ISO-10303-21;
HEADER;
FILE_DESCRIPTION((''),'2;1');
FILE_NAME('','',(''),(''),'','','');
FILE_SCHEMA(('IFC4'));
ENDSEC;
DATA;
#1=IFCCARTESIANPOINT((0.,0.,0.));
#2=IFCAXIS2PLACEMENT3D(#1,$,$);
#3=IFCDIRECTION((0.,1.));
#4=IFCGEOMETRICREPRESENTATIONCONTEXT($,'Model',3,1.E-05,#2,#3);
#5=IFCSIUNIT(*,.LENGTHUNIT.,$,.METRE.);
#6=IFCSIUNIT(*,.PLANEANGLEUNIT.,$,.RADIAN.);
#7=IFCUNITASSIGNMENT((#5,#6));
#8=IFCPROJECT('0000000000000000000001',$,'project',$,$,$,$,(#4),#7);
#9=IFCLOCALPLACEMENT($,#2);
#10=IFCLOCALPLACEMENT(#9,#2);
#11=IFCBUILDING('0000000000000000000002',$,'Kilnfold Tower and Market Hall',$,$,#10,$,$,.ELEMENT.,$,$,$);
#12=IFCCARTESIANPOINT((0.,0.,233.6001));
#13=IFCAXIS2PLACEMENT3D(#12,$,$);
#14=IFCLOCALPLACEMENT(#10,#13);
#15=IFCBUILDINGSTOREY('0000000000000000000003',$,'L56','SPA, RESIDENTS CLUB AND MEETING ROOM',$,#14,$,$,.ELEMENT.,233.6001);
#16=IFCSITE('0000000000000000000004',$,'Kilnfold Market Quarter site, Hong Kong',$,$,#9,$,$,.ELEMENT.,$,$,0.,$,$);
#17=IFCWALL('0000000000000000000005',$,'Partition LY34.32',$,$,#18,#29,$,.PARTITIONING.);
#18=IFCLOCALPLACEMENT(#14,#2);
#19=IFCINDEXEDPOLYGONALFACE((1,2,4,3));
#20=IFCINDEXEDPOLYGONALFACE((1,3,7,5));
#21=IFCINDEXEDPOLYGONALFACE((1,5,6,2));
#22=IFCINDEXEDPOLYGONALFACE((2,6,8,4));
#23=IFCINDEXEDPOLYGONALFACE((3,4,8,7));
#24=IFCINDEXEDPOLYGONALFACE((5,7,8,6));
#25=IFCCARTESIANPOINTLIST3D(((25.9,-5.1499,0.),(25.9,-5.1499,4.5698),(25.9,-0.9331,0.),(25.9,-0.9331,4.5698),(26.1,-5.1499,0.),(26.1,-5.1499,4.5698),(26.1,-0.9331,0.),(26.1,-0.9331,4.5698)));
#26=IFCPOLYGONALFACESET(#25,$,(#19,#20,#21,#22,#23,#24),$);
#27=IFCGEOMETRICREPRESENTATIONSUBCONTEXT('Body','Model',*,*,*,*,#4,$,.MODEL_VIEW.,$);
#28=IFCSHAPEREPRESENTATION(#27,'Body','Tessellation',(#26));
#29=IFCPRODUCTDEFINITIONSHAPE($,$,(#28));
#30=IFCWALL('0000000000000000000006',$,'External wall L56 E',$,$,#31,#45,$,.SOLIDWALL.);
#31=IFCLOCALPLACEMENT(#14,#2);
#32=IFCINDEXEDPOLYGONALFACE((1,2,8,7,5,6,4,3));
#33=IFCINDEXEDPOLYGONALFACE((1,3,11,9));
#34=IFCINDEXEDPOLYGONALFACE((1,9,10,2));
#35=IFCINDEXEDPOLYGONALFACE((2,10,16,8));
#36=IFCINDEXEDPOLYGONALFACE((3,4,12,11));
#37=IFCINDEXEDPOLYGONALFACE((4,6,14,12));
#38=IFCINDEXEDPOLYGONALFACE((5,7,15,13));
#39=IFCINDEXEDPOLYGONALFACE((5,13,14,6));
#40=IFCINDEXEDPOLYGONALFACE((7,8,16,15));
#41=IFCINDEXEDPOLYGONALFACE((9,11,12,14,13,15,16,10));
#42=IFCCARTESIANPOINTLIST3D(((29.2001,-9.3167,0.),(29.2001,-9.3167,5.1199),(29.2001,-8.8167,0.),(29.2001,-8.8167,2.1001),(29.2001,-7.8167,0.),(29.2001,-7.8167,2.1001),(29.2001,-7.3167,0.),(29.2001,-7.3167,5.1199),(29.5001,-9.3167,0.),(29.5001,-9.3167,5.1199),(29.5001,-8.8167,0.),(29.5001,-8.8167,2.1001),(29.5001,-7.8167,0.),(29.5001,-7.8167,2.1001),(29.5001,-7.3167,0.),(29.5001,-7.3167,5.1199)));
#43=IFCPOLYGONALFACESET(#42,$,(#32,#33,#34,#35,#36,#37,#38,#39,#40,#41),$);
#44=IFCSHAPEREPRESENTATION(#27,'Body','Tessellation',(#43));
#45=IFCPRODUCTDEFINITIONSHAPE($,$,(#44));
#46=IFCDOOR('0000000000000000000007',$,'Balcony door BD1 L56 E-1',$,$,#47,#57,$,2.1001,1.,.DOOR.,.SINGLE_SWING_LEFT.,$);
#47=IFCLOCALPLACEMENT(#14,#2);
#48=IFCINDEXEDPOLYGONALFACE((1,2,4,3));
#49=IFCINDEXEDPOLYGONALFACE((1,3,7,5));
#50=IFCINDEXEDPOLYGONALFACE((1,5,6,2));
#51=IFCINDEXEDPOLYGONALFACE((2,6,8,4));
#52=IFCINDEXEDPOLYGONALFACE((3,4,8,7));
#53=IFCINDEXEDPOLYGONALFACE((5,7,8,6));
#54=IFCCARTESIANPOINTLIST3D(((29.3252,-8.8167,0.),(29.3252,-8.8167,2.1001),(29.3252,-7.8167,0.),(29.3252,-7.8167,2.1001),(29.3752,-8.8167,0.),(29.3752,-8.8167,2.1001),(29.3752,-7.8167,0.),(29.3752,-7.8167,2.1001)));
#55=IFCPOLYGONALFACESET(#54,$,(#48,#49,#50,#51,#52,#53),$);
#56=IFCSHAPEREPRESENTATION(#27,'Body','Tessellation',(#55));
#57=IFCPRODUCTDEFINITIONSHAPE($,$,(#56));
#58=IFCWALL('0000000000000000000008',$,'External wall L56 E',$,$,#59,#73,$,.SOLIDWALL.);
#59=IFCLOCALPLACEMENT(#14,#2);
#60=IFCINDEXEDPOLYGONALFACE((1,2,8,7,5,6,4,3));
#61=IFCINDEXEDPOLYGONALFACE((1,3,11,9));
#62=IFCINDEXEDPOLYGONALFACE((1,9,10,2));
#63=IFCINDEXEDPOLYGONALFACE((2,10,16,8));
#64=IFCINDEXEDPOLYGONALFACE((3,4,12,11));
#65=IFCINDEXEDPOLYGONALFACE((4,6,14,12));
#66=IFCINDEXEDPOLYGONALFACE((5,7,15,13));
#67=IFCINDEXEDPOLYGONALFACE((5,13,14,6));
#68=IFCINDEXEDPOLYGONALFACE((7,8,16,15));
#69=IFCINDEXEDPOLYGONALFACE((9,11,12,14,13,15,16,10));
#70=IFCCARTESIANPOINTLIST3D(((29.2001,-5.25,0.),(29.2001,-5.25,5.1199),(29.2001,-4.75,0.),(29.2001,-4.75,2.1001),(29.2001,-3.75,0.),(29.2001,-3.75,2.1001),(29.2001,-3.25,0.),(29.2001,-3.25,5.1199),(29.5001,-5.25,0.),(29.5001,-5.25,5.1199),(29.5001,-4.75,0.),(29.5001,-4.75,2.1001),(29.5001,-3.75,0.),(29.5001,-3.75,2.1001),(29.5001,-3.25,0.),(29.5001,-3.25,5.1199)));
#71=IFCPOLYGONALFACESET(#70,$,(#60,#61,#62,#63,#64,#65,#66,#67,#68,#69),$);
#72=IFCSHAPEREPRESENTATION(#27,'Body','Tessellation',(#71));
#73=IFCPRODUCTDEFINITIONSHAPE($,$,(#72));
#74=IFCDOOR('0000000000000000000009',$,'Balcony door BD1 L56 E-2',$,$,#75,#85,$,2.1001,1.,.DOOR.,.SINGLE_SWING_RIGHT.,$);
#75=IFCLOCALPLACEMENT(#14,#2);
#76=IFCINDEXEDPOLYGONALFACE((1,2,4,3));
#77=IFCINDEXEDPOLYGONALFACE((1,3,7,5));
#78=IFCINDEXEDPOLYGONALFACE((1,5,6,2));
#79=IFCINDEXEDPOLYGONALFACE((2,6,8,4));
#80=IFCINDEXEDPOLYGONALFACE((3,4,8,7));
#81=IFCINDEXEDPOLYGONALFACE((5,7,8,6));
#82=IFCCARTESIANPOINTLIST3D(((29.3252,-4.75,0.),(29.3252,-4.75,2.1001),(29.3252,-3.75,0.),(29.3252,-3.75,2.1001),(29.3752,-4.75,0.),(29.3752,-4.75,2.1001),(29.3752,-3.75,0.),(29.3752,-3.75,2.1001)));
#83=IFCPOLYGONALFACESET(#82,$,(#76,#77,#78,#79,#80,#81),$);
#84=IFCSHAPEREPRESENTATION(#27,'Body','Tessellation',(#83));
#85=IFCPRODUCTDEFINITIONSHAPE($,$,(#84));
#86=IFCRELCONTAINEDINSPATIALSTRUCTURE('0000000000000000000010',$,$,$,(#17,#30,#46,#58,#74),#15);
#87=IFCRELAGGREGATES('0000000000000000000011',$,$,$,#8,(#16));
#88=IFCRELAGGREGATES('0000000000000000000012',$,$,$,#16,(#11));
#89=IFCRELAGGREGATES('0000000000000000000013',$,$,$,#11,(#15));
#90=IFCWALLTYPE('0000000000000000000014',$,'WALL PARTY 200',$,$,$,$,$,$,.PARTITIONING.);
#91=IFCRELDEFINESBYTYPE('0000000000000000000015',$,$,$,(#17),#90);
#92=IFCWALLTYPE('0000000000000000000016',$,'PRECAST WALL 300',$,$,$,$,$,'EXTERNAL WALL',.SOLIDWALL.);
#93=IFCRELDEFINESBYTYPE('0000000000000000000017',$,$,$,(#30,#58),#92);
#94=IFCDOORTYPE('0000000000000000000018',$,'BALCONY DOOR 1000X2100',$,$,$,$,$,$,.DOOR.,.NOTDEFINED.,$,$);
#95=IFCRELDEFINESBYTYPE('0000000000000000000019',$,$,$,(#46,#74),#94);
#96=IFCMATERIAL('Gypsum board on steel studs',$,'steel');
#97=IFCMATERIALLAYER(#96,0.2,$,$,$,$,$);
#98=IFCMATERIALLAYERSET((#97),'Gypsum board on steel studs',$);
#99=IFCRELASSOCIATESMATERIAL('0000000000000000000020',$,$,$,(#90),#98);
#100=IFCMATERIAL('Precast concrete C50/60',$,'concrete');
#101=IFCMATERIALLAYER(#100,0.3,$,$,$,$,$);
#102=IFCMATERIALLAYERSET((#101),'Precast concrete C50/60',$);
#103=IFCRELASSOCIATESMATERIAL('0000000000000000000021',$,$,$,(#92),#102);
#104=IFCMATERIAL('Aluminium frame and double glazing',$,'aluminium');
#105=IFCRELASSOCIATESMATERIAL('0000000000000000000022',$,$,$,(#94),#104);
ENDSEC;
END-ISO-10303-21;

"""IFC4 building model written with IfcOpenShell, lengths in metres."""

from ifc_helpers import new_model, si_unit, direction, frame, frame_2d, origin, place, context, subcontext, project, spatial, rectangle, extrude, source, transform, mapped, material, layer, layer_set, type_object, element, fill, save


model = new_model("IFC4")

# Units and contexts
model_context = context("Model", 3, precision=1e-05, world=origin(), true_north=direction((0.0, 1.0)))
body_context = subcontext(model_context, "Body", "Model", "MODEL_VIEW")
ifc_project = project(units=[si_unit("LENGTHUNIT", "METRE"), si_unit("PLANEANGLEUNIT", "RADIAN")], contexts=[model_context])

# Site, building, storey
site_placement = place(None, origin())
site = spatial("IfcSite", under=ifc_project, at=site_placement, Name="Kilnfold Market Quarter site, Hong Kong", CompositionType="ELEMENT", RefElevation=0.0)
building_placement = place(site_placement, origin())
building = spatial("IfcBuilding", under=site, at=building_placement, Name="Kilnfold Tower and Market Hall", CompositionType="ELEMENT")
storey_placement = place(building_placement, frame((0.0, 0.0, 233.6001)))
storey = spatial("IfcBuildingStorey", under=building, at=storey_placement, Name="L56", Description="SPA, RESIDENTS CLUB AND MEETING ROOM", CompositionType="ELEMENT", Elevation=233.6001)

# Wall
ifc_material_1 = material(Name="Gypsum board on steel studs", Category="steel")
ifc_layer_1 = layer(ifc_material_1, 0.2)
ifc_layer_set_1 = layer_set([ifc_layer_1], Name="Gypsum board on steel studs")
wall_type_1 = type_object("IfcWallType", Name="WALL PARTY 200", PredefinedType="PARTITIONING", material=ifc_layer_set_1)
wall_1_placement = place(storey_placement, frame((26.0, -5.1499, 0.0), z_axis=(0.0, 0.0, 1.0), x_axis=(0.0, 1.0, 0.0)))
element("IfcWall", 1, at=wall_1_placement, inside=storey, type_object=wall_type_1, Name="Partition LY34.32", PredefinedType="PARTITIONING", context=body_context, shape_type="SweptSolid", body=[
    extrude(rectangle(XDim=4.2168, YDim=0.2, at=frame_2d((2.1084, 0.0))), origin(), (0.0, 0.0, 1.0), 4.5698),
])

# Walls, openings, doors
ifc_material_2 = material(Name="Precast concrete C50/60", Category="concrete")
ifc_layer_2 = layer(ifc_material_2, 0.3)
ifc_layer_set_2 = layer_set([ifc_layer_2], Name="Precast concrete C50/60")
wall_type_2 = type_object("IfcWallType", Name="PRECAST WALL 300", ElementType="EXTERNAL WALL", PredefinedType="SOLIDWALL", material=ifc_layer_set_2)
shared_shape_1 = source(origin(), body_context, "Body", "SweptSolid", [
    extrude(rectangle(XDim=2.0, YDim=0.3, at=frame_2d((1.0, 0.0))), origin(), (0.0, 0.0, 1.0), 5.1199),
])
wall_2_placement = place(storey_placement, frame((29.3501, -9.3167, 0.0), z_axis=(0.0, 0.0, 1.0), x_axis=(0.0, 1.0, 0.0)))
wall_2 = element("IfcWall", 2, at=wall_2_placement, inside=storey, type_object=wall_type_2, Name="External wall L56 E", PredefinedType="SOLIDWALL", context=body_context, shape_type="MappedRepresentation", body=[
    mapped(shared_shape_1, transform((0.0, 0.0, 0.0))),
])
opening_1_placement = place(wall_2_placement, frame((0.5, 0.0, 0.0)))
opening_1 = element("IfcOpeningElement", 3, at=opening_1_placement, cuts=wall_2, PredefinedType="OPENING", context=body_context, shape_type="SweptSolid", body=[
    extrude(rectangle(XDim=1.0, YDim=2.1001, at=frame_2d((0.5, 1.05))), frame((0.0, 0.1602, 0.0), z_axis=(0.0, -1.0, 0.0), x_axis=(1.0, 0.0, 0.0)), (0.0, 0.0, 1.0), 0.3201),
])
ifc_material_3 = material(Name="Aluminium frame and double glazing", Category="aluminium")
door_type = type_object("IfcDoorType", Name="BALCONY DOOR 1000X2100", OperationType="NOTDEFINED", PredefinedType="DOOR", material=ifc_material_3)
door_1_placement = place(opening_1_placement, origin())
door_1 = element("IfcDoor", 4, at=door_1_placement, inside=storey, type_object=door_type, Name="Balcony door BD1 L56 E-1", OperationType="SINGLE_SWING_LEFT", OverallHeight=2.1001, OverallWidth=1.0, PredefinedType="DOOR", context=body_context, shape_type="SweptSolid", body=[
    extrude(rectangle(XDim=1.0, YDim=2.1001, at=frame_2d((0.5, 1.05))), frame((0.0, 0.0249, 0.0), z_axis=(0.0, -1.0, 0.0), x_axis=(1.0, 0.0, 0.0)), (0.0, 0.0, 1.0), 0.05),
])
fill(opening_1, door_1)
wall_3_placement = place(storey_placement, frame((29.3501, -5.25, 0.0), z_axis=(0.0, 0.0, 1.0), x_axis=(0.0, 1.0, 0.0)))
wall_3 = element("IfcWall", 5, at=wall_3_placement, inside=storey, type_object=wall_type_2, Name="External wall L56 E", PredefinedType="SOLIDWALL", context=body_context, shape_type="MappedRepresentation", body=[
    mapped(shared_shape_1, transform((0.0, 0.0, 0.0))),
])
opening_2_placement = place(wall_3_placement, frame((0.5, 0.0, 0.0)))
opening_2 = element("IfcOpeningElement", 6, at=opening_2_placement, cuts=wall_3, PredefinedType="OPENING", context=body_context, shape_type="SweptSolid", body=[
    extrude(rectangle(XDim=1.0, YDim=2.1001, at=frame_2d((0.5, 1.05))), frame((0.0, 0.1602, 0.0), z_axis=(0.0, -1.0, 0.0), x_axis=(1.0, 0.0, 0.0)), (0.0, 0.0, 1.0), 0.3201),
])
door_2_placement = place(opening_2_placement, origin())
door_2 = element("IfcDoor", 7, at=door_2_placement, inside=storey, type_object=door_type, Name="Balcony door BD1 L56 E-2", OperationType="SINGLE_SWING_RIGHT", OverallHeight=2.1001, OverallWidth=1.0, PredefinedType="DOOR", context=body_context, shape_type="SweptSolid", body=[
    extrude(rectangle(XDim=1.0, YDim=2.1001, at=frame_2d((0.5, 1.05))), frame((0.0, 0.0249, 0.0), z_axis=(0.0, -1.0, 0.0), x_axis=(1.0, 0.0, 0.0)), (0.0, 0.0, 1.0), 0.05),
])
fill(opening_2, door_2)

save(model, "model.ifc")
